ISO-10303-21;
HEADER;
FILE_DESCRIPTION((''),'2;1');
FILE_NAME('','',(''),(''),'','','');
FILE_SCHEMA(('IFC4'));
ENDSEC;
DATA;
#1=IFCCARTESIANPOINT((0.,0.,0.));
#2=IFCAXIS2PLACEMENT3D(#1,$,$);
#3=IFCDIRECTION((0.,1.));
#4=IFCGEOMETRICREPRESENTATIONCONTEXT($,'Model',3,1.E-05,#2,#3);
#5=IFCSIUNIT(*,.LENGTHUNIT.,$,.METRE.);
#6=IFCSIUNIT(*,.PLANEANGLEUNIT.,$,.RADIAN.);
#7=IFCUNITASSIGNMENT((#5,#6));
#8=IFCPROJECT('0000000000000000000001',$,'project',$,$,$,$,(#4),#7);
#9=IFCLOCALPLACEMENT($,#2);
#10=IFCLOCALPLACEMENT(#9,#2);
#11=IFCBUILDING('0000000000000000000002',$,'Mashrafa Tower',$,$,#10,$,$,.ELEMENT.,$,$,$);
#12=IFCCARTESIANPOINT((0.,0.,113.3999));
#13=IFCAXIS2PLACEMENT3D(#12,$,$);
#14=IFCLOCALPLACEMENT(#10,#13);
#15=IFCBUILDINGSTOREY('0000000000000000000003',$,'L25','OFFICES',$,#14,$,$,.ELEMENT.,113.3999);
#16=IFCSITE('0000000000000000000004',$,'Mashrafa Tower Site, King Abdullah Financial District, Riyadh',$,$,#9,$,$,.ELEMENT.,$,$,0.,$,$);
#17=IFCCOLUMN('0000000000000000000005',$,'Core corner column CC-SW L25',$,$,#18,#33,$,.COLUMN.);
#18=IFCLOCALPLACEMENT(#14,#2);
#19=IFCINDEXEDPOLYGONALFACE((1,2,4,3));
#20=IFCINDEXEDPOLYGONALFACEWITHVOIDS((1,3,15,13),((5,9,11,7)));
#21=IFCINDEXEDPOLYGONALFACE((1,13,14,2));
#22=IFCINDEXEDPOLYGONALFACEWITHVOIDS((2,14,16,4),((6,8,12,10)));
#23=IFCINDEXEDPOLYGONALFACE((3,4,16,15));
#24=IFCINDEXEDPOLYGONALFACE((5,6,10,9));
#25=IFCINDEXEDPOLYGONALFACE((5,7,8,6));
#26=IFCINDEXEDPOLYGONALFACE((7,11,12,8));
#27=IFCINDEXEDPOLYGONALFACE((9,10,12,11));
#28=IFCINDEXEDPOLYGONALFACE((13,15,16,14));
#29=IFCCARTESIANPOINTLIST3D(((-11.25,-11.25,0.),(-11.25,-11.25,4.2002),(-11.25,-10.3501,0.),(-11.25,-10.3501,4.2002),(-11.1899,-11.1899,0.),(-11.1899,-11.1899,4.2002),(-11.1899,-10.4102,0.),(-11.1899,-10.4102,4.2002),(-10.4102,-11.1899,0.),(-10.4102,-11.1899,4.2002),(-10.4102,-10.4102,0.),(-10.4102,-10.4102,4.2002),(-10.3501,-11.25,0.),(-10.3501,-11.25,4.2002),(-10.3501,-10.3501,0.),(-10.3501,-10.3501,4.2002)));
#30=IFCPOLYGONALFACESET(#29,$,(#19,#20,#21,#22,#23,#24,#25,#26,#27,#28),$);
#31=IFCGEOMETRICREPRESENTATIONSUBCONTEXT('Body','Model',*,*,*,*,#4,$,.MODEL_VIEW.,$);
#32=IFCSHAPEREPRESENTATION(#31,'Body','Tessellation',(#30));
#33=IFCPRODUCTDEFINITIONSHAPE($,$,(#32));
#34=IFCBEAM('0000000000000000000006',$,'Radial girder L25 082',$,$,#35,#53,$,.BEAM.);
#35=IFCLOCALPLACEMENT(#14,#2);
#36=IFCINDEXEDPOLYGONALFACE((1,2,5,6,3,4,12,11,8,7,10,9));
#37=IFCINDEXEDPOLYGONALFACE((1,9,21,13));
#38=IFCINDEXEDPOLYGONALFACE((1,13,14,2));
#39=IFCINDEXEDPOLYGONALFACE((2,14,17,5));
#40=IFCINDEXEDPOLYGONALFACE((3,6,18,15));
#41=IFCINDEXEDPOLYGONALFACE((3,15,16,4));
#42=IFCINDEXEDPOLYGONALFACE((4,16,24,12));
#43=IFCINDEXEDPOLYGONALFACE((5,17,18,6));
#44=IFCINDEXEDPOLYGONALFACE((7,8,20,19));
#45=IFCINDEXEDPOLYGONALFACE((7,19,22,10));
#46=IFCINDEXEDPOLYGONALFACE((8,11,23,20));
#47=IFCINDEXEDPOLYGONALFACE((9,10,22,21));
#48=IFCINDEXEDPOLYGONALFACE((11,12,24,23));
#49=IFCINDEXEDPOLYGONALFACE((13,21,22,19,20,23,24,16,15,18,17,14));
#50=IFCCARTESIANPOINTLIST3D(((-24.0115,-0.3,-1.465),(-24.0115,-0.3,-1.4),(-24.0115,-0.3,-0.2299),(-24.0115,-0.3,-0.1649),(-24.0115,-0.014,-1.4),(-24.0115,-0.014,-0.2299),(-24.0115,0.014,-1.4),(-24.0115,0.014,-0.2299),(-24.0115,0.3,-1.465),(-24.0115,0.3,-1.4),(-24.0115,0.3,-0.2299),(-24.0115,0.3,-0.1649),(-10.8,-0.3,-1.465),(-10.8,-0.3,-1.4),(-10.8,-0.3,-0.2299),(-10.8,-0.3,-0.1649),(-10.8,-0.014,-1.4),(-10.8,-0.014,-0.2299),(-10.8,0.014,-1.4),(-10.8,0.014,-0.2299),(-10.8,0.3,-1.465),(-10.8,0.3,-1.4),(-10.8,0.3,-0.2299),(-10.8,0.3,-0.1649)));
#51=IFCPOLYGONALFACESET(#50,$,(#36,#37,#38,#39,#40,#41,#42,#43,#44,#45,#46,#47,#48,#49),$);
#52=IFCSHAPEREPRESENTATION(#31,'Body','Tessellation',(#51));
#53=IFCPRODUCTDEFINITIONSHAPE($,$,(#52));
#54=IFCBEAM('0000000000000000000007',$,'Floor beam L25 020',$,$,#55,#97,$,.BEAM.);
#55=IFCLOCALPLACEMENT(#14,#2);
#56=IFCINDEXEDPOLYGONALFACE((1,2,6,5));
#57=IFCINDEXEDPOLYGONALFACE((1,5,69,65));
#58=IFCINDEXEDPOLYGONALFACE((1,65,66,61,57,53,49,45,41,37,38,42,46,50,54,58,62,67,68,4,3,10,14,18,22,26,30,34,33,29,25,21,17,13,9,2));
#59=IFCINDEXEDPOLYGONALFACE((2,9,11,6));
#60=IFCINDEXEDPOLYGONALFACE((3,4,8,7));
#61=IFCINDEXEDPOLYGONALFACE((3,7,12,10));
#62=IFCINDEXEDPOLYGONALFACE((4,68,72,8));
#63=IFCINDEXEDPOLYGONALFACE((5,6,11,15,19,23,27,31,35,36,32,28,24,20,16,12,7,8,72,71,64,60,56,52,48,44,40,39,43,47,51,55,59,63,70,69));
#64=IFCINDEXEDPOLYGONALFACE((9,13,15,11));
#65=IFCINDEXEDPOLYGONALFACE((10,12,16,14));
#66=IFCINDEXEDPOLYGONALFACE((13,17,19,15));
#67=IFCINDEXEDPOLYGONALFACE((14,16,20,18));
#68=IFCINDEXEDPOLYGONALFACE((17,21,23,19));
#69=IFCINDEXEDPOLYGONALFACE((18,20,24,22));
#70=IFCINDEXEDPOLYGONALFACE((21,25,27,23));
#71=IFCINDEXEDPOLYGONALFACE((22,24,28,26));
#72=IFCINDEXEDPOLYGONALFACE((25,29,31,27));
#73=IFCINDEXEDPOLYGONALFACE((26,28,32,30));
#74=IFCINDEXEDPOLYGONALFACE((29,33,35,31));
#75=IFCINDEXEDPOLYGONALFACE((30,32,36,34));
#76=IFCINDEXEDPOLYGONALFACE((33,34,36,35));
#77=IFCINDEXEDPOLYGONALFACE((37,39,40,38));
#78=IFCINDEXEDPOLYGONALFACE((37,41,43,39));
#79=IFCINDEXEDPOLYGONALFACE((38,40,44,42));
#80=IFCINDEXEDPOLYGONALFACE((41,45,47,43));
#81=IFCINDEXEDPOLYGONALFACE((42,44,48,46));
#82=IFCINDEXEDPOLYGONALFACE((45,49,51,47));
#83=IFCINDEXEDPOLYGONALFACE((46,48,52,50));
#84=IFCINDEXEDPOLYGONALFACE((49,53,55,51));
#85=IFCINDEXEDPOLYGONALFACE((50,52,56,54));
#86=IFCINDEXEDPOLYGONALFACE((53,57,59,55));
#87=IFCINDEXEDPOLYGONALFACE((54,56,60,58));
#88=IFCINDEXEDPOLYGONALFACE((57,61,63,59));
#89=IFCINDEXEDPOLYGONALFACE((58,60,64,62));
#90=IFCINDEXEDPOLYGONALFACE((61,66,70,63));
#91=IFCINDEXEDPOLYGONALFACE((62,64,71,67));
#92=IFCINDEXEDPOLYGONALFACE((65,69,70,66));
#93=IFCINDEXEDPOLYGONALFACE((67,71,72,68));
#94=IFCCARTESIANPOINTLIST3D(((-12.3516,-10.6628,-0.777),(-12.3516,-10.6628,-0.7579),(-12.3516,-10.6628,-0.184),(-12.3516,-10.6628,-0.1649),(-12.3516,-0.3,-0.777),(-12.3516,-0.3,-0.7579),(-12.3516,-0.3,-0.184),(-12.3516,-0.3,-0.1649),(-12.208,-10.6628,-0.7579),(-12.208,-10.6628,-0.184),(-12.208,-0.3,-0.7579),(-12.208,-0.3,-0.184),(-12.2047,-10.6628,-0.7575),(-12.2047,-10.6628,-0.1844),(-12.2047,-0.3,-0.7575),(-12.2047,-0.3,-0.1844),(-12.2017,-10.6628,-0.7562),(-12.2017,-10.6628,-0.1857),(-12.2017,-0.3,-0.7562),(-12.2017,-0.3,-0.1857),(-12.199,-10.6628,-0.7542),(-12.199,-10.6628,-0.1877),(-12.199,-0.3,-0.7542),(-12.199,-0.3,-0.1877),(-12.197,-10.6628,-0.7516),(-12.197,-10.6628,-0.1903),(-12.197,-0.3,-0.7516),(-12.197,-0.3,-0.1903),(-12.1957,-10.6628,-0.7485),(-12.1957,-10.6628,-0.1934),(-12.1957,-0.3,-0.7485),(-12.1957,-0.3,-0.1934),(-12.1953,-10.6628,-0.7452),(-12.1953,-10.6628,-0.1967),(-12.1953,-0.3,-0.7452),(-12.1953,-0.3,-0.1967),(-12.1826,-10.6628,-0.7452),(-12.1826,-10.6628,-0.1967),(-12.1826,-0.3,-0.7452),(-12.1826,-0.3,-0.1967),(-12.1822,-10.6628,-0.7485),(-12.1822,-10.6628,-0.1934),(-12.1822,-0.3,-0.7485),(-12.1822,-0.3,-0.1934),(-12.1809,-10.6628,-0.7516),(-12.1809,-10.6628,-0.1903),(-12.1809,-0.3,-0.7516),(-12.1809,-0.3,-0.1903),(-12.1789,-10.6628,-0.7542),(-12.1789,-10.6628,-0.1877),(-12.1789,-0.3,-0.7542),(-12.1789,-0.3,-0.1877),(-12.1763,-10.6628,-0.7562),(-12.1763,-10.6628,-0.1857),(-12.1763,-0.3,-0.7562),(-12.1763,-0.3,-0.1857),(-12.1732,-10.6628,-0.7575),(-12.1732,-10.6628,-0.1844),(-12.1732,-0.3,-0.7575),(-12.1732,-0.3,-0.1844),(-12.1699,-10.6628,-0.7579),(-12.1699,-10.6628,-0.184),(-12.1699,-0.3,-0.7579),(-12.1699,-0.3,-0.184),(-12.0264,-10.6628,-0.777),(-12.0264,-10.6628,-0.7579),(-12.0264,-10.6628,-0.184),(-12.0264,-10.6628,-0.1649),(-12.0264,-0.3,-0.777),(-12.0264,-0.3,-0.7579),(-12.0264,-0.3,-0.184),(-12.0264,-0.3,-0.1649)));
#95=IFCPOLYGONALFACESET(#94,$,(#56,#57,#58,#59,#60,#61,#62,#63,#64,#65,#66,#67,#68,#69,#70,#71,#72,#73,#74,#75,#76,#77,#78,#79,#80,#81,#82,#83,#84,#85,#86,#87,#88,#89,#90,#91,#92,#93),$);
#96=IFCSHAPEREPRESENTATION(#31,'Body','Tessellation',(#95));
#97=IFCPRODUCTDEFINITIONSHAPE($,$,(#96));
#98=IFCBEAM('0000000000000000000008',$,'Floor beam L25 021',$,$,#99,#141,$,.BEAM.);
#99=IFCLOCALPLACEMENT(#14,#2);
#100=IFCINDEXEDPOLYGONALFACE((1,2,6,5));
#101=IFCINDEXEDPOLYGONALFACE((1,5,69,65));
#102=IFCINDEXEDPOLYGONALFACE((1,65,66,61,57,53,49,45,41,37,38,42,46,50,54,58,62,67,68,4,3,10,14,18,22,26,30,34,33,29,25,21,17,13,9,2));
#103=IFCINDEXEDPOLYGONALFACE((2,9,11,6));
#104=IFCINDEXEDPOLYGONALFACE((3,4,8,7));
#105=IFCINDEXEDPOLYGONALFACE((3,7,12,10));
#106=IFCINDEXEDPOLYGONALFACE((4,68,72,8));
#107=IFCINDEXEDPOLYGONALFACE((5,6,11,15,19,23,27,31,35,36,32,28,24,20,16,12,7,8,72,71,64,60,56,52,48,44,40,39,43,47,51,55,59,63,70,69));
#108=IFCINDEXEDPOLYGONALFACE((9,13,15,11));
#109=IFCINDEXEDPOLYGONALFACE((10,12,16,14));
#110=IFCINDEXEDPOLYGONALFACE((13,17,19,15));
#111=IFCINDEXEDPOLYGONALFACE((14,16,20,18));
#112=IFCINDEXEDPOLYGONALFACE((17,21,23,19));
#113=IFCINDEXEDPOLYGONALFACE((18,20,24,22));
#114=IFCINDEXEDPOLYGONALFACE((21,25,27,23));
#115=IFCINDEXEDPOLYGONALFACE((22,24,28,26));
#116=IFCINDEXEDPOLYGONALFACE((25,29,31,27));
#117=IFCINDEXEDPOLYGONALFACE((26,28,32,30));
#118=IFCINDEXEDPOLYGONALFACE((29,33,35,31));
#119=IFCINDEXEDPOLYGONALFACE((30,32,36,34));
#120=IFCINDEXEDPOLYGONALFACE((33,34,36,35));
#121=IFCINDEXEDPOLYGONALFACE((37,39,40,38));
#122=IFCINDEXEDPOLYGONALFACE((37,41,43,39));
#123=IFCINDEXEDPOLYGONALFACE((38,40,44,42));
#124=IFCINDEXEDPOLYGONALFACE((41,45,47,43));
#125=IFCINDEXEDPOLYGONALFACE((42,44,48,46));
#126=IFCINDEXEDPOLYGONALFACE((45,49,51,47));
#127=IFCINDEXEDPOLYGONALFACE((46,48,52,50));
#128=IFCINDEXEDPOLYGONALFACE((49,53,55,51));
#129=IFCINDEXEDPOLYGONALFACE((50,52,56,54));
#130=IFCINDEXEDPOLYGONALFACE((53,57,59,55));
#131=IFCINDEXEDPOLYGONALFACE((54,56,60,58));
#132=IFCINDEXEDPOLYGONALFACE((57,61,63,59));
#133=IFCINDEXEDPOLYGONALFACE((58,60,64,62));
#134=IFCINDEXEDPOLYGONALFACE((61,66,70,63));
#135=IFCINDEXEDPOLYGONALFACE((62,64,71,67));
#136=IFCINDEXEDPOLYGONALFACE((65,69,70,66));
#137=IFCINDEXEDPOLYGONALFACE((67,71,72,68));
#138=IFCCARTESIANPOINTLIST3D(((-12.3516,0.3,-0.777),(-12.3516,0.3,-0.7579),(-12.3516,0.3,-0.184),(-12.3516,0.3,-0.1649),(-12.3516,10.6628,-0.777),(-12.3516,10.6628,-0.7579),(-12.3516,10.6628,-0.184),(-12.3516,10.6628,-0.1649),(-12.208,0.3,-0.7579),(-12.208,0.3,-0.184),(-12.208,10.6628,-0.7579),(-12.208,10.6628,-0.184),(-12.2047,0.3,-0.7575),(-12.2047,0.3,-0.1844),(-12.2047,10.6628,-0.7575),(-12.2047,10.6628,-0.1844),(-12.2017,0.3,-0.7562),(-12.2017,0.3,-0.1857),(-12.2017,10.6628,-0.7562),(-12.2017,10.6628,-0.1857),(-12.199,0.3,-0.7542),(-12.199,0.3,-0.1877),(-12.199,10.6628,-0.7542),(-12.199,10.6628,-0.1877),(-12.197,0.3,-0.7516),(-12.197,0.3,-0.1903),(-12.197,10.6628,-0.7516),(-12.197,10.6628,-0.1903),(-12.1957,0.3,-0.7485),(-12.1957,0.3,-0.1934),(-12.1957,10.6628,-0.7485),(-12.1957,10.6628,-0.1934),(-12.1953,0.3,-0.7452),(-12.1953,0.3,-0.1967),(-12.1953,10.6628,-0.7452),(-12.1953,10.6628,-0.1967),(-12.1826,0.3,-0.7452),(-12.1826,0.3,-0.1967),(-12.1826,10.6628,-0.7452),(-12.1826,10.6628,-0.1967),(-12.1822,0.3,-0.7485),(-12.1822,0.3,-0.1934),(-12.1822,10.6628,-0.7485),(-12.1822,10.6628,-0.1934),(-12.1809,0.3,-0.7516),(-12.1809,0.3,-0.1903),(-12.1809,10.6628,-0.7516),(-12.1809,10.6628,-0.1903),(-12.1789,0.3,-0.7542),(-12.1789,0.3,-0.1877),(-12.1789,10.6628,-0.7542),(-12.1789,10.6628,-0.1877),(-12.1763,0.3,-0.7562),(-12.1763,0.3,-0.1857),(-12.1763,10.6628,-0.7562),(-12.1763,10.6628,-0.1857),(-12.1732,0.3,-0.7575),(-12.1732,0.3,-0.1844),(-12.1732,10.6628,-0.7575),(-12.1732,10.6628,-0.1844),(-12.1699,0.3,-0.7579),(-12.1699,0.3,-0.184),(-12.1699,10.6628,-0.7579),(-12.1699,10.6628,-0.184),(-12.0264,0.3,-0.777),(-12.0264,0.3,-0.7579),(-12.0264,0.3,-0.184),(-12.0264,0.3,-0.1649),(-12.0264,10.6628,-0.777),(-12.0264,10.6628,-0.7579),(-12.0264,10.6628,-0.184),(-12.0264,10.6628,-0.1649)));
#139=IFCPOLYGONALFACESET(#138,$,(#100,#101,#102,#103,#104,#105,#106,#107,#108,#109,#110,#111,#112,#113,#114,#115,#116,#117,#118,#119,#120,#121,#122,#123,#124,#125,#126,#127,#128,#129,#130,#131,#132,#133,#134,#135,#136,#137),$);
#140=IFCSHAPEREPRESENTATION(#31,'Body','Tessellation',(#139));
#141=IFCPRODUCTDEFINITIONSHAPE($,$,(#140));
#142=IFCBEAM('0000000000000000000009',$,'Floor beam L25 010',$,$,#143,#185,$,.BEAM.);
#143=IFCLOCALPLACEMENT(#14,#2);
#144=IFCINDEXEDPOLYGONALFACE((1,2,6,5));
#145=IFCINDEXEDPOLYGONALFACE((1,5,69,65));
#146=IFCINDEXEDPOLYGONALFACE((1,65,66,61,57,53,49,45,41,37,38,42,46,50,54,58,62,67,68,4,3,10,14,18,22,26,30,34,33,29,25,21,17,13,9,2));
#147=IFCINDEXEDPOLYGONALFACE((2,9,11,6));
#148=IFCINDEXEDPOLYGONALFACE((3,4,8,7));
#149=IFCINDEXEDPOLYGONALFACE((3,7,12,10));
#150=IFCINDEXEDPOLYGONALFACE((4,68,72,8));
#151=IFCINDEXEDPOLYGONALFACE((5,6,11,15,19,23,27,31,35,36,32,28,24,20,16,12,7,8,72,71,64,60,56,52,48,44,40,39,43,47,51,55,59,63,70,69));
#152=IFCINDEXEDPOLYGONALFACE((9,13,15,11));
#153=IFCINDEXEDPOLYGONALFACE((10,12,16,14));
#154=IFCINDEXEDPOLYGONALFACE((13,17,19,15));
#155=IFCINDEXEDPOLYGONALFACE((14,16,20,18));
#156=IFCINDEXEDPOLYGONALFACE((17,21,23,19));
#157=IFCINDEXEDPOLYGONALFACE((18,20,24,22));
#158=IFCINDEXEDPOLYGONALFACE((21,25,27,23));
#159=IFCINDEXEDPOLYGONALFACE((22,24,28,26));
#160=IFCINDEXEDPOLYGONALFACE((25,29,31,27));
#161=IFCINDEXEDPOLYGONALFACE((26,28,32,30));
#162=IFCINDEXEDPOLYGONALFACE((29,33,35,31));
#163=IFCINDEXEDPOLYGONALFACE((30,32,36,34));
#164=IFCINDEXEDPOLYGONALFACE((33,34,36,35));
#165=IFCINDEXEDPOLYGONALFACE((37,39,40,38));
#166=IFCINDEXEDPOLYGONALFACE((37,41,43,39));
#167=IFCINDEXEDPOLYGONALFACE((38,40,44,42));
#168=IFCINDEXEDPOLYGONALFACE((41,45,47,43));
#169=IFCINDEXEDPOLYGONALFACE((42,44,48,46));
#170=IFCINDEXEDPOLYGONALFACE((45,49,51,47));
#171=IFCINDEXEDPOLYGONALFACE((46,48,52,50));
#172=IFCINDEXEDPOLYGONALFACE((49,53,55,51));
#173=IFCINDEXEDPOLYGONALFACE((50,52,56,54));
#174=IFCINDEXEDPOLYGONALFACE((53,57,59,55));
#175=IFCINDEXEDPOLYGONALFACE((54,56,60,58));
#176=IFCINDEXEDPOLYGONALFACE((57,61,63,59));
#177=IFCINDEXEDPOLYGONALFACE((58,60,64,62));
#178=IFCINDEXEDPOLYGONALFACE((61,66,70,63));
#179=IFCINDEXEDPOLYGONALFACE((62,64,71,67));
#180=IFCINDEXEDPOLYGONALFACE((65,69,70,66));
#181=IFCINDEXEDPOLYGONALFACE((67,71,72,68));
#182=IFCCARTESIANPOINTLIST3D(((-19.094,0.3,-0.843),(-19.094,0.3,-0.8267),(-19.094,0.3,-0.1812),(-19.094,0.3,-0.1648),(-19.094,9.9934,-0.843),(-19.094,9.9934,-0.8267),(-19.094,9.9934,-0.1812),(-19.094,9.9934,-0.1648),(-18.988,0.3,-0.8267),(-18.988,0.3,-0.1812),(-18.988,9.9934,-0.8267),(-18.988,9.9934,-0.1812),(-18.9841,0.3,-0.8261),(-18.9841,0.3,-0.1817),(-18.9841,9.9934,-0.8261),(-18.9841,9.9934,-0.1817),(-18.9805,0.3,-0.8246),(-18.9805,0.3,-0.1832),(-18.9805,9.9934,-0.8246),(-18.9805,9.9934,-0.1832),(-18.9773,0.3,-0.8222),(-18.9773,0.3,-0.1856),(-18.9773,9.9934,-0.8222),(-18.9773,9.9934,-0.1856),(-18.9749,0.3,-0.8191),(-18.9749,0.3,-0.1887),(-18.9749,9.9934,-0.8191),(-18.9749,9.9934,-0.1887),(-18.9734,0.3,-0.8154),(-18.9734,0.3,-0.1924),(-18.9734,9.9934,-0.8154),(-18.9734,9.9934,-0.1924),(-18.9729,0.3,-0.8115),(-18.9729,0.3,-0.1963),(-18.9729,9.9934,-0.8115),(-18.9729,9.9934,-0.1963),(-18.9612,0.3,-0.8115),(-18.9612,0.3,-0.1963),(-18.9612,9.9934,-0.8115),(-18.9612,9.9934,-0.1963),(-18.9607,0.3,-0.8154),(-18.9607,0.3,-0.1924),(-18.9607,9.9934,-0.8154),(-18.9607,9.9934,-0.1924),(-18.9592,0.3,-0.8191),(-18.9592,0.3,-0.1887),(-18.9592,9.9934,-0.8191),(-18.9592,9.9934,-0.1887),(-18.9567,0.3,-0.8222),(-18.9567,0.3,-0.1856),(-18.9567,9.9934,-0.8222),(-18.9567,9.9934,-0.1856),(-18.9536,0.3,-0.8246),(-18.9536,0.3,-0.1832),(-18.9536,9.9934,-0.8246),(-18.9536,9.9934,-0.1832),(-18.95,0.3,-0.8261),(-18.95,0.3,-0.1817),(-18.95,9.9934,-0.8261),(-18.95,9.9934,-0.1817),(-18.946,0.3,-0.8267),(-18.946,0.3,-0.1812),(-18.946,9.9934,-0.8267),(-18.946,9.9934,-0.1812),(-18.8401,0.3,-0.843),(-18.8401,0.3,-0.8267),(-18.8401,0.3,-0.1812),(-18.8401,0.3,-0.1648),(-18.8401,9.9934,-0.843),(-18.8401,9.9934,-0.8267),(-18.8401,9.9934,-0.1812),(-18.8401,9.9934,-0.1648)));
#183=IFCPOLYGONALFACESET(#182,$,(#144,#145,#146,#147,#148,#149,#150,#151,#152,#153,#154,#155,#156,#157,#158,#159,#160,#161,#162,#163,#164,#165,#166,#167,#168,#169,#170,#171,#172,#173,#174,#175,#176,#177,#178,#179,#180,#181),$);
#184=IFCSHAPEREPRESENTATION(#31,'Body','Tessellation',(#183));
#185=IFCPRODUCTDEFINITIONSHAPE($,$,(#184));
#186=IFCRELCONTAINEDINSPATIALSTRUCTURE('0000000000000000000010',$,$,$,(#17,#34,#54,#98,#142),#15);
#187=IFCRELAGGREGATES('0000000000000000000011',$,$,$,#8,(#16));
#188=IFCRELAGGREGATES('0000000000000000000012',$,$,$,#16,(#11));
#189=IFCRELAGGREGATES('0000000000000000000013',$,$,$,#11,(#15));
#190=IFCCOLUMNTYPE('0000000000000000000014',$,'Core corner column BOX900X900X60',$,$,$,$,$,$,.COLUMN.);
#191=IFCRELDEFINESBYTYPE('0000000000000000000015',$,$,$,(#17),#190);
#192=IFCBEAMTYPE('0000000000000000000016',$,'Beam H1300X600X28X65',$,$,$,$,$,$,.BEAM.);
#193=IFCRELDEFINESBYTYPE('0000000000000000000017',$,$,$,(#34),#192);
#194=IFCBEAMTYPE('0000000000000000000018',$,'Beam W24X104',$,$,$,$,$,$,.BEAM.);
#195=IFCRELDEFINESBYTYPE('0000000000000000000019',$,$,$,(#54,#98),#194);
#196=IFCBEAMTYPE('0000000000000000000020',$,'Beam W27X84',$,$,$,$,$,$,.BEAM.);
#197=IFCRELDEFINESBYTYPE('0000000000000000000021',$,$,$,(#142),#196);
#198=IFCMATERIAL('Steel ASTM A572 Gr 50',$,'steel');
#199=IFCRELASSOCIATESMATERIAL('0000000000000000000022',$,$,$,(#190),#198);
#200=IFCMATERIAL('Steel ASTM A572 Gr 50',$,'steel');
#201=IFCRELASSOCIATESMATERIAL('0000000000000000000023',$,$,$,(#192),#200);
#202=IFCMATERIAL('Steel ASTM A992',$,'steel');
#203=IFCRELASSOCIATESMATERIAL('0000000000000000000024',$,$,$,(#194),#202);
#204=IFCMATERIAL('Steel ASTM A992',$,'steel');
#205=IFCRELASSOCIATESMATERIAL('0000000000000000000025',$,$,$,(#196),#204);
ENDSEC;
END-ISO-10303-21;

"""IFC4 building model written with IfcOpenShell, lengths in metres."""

from ifc_helpers import new_model, si_unit, direction, frame, origin, origin_2d, place, context, subcontext, project, spatial, hollow_rectangle, i_section, extrude, material, material_profile, profile_set, type_object, element, save


model = new_model("IFC4")

# Units and contexts
model_context = context("Model", 3, precision=1e-05, world=origin(), true_north=direction((0.0, 1.0)))
body_context = subcontext(model_context, "Body", "Model", "MODEL_VIEW")
ifc_project = project(units=[si_unit("LENGTHUNIT", "METRE"), si_unit("PLANEANGLEUNIT", "RADIAN")], contexts=[model_context])

# Site, building, storey
site_placement = place(None, origin())
site = spatial("IfcSite", under=ifc_project, at=site_placement, Name="Mashrafa Tower Site, King Abdullah Financial District, Riyadh", CompositionType="ELEMENT", RefElevation=0.0)
building_placement = place(site_placement, origin())
building = spatial("IfcBuilding", under=site, at=building_placement, Name="Mashrafa Tower", CompositionType="ELEMENT")
storey_placement = place(building_placement, frame((0.0, 0.0, 113.3999)))
storey = spatial("IfcBuildingStorey", under=building, at=storey_placement, Name="L25", Description="OFFICES", CompositionType="ELEMENT", Elevation=113.3999)

# Column
ifc_material_1 = material(Name="Steel ASTM A572 Gr 50", Category="steel")
ifc_material_profile_1 = material_profile(ifc_material_1, hollow_rectangle(XDim=0.8999, YDim=0.8999, WallThickness=0.0601, at=origin_2d()), Name="BOX900X900X60")
ifc_profile_set_1 = profile_set([ifc_material_profile_1], Name="Steel ASTM A572 Gr 50")
column_type = type_object("IfcColumnType", Name="Core corner column BOX900X900X60", PredefinedType="COLUMN", material=ifc_profile_set_1)
column_placement = place(storey_placement, frame((-10.8, -10.8, 0.0), z_axis=(0.0, 0.0, 1.0), x_axis=(1.0, 0.0, 0.0)))
element("IfcColumn", 1, at=column_placement, inside=storey, type_object=column_type, Name="Core corner column CC-SW L25", PredefinedType="COLUMN", context=body_context, shape_type="SweptSolid", body=[
    extrude(hollow_rectangle(XDim=0.8999, YDim=0.8999, WallThickness=0.0601, at=origin_2d()), origin(), (0.0, 0.0, 1.0), 4.2002),
])

# Beams
ifc_material_2 = material(Name="Steel ASTM A572 Gr 50", Category="steel")
ifc_material_profile_2 = material_profile(ifc_material_2, i_section(OverallWidth=0.6001, OverallDepth=1.3, WebThickness=0.0281, FlangeThickness=0.0649, at=origin_2d()), Name="H1300X600X28X65")
ifc_profile_set_2 = profile_set([ifc_material_profile_2], Name="Steel ASTM A572 Gr 50")
beam_type_1 = type_object("IfcBeamType", Name="Beam H1300X600X28X65", PredefinedType="BEAM", material=ifc_profile_set_2)
beam_1_placement = place(storey_placement, frame((-10.8, 0.0, -0.8149), z_axis=(-1.0, 0.0, 0.0), x_axis=(0.0, -1.0, 0.0)))
element("IfcBeam", 2, at=beam_1_placement, inside=storey, type_object=beam_type_1, Name="Radial girder L25 082", PredefinedType="BEAM", context=body_context, shape_type="SweptSolid", body=[
    extrude(i_section(OverallWidth=0.6001, OverallDepth=1.3, WebThickness=0.0281, FlangeThickness=0.0649, at=origin_2d()), origin(), (0.0, 0.0, 1.0), 13.2114),
])
ifc_material_3 = material(Name="Steel ASTM A992", Category="steel")
ifc_material_profile_3 = material_profile(ifc_material_3, i_section(OverallWidth=0.3252, OverallDepth=0.6121, WebThickness=0.0127, FlangeThickness=0.019, FilletRadius=0.0127, at=origin_2d()), Name="W24X104")
ifc_profile_set_3 = profile_set([ifc_material_profile_3], Name="Steel ASTM A992")
beam_type_2 = type_object("IfcBeamType", Name="Beam W24X104", PredefinedType="BEAM", material=ifc_profile_set_3)
for number, where, z_axis, x_axis, name in (
    (3, (-12.189, -10.6628, -0.4709), (0.0, 1.0, 0.0), (-1.0, 0.0, 0.0), "Floor beam L25 020"),
    (4, (-12.189, 0.3, -0.4709), (0.0, 1.0, 0.0), (-1.0, 0.0, 0.0), "Floor beam L25 021"),
):
    element("IfcBeam", number, at=place(storey_placement, frame(where, z_axis=z_axis, x_axis=x_axis)), inside=storey, type_object=beam_type_2, Name=name, PredefinedType="BEAM", context=body_context, shape_type="SweptSolid", body=[
        extrude(i_section(OverallWidth=0.3252, OverallDepth=0.6121, WebThickness=0.0127, FlangeThickness=0.019, FilletRadius=0.0127, at=origin_2d()), origin(), (0.0, 0.0, 1.0), 10.3628),
    ])
ifc_material_4 = material(Name="Steel ASTM A992", Category="steel")
ifc_material_profile_4 = material_profile(ifc_material_4, i_section(OverallWidth=0.2539, OverallDepth=0.6782, WebThickness=0.0117, FlangeThickness=0.0164, FilletRadius=0.0151, at=origin_2d()), Name="W27X84")
ifc_profile_set_4 = profile_set([ifc_material_profile_4], Name="Steel ASTM A992")
beam_type_3 = type_object("IfcBeamType", Name="Beam W27X84", PredefinedType="BEAM", material=ifc_profile_set_4)
beam_2_placement = place(storey_placement, frame((-18.967, 0.3, -0.5039), z_axis=(0.0, 1.0, 0.0), x_axis=(-1.0, 0.0, 0.0)))
element("IfcBeam", 5, at=beam_2_placement, inside=storey, type_object=beam_type_3, Name="Floor beam L25 010", PredefinedType="BEAM", context=body_context, shape_type="SweptSolid", body=[
    extrude(i_section(OverallWidth=0.2539, OverallDepth=0.6782, WebThickness=0.0117, FlangeThickness=0.0164, FilletRadius=0.0151, at=origin_2d()), origin(), (0.0, 0.0, 1.0), 9.6934),
])

save(model, "model.ifc")
